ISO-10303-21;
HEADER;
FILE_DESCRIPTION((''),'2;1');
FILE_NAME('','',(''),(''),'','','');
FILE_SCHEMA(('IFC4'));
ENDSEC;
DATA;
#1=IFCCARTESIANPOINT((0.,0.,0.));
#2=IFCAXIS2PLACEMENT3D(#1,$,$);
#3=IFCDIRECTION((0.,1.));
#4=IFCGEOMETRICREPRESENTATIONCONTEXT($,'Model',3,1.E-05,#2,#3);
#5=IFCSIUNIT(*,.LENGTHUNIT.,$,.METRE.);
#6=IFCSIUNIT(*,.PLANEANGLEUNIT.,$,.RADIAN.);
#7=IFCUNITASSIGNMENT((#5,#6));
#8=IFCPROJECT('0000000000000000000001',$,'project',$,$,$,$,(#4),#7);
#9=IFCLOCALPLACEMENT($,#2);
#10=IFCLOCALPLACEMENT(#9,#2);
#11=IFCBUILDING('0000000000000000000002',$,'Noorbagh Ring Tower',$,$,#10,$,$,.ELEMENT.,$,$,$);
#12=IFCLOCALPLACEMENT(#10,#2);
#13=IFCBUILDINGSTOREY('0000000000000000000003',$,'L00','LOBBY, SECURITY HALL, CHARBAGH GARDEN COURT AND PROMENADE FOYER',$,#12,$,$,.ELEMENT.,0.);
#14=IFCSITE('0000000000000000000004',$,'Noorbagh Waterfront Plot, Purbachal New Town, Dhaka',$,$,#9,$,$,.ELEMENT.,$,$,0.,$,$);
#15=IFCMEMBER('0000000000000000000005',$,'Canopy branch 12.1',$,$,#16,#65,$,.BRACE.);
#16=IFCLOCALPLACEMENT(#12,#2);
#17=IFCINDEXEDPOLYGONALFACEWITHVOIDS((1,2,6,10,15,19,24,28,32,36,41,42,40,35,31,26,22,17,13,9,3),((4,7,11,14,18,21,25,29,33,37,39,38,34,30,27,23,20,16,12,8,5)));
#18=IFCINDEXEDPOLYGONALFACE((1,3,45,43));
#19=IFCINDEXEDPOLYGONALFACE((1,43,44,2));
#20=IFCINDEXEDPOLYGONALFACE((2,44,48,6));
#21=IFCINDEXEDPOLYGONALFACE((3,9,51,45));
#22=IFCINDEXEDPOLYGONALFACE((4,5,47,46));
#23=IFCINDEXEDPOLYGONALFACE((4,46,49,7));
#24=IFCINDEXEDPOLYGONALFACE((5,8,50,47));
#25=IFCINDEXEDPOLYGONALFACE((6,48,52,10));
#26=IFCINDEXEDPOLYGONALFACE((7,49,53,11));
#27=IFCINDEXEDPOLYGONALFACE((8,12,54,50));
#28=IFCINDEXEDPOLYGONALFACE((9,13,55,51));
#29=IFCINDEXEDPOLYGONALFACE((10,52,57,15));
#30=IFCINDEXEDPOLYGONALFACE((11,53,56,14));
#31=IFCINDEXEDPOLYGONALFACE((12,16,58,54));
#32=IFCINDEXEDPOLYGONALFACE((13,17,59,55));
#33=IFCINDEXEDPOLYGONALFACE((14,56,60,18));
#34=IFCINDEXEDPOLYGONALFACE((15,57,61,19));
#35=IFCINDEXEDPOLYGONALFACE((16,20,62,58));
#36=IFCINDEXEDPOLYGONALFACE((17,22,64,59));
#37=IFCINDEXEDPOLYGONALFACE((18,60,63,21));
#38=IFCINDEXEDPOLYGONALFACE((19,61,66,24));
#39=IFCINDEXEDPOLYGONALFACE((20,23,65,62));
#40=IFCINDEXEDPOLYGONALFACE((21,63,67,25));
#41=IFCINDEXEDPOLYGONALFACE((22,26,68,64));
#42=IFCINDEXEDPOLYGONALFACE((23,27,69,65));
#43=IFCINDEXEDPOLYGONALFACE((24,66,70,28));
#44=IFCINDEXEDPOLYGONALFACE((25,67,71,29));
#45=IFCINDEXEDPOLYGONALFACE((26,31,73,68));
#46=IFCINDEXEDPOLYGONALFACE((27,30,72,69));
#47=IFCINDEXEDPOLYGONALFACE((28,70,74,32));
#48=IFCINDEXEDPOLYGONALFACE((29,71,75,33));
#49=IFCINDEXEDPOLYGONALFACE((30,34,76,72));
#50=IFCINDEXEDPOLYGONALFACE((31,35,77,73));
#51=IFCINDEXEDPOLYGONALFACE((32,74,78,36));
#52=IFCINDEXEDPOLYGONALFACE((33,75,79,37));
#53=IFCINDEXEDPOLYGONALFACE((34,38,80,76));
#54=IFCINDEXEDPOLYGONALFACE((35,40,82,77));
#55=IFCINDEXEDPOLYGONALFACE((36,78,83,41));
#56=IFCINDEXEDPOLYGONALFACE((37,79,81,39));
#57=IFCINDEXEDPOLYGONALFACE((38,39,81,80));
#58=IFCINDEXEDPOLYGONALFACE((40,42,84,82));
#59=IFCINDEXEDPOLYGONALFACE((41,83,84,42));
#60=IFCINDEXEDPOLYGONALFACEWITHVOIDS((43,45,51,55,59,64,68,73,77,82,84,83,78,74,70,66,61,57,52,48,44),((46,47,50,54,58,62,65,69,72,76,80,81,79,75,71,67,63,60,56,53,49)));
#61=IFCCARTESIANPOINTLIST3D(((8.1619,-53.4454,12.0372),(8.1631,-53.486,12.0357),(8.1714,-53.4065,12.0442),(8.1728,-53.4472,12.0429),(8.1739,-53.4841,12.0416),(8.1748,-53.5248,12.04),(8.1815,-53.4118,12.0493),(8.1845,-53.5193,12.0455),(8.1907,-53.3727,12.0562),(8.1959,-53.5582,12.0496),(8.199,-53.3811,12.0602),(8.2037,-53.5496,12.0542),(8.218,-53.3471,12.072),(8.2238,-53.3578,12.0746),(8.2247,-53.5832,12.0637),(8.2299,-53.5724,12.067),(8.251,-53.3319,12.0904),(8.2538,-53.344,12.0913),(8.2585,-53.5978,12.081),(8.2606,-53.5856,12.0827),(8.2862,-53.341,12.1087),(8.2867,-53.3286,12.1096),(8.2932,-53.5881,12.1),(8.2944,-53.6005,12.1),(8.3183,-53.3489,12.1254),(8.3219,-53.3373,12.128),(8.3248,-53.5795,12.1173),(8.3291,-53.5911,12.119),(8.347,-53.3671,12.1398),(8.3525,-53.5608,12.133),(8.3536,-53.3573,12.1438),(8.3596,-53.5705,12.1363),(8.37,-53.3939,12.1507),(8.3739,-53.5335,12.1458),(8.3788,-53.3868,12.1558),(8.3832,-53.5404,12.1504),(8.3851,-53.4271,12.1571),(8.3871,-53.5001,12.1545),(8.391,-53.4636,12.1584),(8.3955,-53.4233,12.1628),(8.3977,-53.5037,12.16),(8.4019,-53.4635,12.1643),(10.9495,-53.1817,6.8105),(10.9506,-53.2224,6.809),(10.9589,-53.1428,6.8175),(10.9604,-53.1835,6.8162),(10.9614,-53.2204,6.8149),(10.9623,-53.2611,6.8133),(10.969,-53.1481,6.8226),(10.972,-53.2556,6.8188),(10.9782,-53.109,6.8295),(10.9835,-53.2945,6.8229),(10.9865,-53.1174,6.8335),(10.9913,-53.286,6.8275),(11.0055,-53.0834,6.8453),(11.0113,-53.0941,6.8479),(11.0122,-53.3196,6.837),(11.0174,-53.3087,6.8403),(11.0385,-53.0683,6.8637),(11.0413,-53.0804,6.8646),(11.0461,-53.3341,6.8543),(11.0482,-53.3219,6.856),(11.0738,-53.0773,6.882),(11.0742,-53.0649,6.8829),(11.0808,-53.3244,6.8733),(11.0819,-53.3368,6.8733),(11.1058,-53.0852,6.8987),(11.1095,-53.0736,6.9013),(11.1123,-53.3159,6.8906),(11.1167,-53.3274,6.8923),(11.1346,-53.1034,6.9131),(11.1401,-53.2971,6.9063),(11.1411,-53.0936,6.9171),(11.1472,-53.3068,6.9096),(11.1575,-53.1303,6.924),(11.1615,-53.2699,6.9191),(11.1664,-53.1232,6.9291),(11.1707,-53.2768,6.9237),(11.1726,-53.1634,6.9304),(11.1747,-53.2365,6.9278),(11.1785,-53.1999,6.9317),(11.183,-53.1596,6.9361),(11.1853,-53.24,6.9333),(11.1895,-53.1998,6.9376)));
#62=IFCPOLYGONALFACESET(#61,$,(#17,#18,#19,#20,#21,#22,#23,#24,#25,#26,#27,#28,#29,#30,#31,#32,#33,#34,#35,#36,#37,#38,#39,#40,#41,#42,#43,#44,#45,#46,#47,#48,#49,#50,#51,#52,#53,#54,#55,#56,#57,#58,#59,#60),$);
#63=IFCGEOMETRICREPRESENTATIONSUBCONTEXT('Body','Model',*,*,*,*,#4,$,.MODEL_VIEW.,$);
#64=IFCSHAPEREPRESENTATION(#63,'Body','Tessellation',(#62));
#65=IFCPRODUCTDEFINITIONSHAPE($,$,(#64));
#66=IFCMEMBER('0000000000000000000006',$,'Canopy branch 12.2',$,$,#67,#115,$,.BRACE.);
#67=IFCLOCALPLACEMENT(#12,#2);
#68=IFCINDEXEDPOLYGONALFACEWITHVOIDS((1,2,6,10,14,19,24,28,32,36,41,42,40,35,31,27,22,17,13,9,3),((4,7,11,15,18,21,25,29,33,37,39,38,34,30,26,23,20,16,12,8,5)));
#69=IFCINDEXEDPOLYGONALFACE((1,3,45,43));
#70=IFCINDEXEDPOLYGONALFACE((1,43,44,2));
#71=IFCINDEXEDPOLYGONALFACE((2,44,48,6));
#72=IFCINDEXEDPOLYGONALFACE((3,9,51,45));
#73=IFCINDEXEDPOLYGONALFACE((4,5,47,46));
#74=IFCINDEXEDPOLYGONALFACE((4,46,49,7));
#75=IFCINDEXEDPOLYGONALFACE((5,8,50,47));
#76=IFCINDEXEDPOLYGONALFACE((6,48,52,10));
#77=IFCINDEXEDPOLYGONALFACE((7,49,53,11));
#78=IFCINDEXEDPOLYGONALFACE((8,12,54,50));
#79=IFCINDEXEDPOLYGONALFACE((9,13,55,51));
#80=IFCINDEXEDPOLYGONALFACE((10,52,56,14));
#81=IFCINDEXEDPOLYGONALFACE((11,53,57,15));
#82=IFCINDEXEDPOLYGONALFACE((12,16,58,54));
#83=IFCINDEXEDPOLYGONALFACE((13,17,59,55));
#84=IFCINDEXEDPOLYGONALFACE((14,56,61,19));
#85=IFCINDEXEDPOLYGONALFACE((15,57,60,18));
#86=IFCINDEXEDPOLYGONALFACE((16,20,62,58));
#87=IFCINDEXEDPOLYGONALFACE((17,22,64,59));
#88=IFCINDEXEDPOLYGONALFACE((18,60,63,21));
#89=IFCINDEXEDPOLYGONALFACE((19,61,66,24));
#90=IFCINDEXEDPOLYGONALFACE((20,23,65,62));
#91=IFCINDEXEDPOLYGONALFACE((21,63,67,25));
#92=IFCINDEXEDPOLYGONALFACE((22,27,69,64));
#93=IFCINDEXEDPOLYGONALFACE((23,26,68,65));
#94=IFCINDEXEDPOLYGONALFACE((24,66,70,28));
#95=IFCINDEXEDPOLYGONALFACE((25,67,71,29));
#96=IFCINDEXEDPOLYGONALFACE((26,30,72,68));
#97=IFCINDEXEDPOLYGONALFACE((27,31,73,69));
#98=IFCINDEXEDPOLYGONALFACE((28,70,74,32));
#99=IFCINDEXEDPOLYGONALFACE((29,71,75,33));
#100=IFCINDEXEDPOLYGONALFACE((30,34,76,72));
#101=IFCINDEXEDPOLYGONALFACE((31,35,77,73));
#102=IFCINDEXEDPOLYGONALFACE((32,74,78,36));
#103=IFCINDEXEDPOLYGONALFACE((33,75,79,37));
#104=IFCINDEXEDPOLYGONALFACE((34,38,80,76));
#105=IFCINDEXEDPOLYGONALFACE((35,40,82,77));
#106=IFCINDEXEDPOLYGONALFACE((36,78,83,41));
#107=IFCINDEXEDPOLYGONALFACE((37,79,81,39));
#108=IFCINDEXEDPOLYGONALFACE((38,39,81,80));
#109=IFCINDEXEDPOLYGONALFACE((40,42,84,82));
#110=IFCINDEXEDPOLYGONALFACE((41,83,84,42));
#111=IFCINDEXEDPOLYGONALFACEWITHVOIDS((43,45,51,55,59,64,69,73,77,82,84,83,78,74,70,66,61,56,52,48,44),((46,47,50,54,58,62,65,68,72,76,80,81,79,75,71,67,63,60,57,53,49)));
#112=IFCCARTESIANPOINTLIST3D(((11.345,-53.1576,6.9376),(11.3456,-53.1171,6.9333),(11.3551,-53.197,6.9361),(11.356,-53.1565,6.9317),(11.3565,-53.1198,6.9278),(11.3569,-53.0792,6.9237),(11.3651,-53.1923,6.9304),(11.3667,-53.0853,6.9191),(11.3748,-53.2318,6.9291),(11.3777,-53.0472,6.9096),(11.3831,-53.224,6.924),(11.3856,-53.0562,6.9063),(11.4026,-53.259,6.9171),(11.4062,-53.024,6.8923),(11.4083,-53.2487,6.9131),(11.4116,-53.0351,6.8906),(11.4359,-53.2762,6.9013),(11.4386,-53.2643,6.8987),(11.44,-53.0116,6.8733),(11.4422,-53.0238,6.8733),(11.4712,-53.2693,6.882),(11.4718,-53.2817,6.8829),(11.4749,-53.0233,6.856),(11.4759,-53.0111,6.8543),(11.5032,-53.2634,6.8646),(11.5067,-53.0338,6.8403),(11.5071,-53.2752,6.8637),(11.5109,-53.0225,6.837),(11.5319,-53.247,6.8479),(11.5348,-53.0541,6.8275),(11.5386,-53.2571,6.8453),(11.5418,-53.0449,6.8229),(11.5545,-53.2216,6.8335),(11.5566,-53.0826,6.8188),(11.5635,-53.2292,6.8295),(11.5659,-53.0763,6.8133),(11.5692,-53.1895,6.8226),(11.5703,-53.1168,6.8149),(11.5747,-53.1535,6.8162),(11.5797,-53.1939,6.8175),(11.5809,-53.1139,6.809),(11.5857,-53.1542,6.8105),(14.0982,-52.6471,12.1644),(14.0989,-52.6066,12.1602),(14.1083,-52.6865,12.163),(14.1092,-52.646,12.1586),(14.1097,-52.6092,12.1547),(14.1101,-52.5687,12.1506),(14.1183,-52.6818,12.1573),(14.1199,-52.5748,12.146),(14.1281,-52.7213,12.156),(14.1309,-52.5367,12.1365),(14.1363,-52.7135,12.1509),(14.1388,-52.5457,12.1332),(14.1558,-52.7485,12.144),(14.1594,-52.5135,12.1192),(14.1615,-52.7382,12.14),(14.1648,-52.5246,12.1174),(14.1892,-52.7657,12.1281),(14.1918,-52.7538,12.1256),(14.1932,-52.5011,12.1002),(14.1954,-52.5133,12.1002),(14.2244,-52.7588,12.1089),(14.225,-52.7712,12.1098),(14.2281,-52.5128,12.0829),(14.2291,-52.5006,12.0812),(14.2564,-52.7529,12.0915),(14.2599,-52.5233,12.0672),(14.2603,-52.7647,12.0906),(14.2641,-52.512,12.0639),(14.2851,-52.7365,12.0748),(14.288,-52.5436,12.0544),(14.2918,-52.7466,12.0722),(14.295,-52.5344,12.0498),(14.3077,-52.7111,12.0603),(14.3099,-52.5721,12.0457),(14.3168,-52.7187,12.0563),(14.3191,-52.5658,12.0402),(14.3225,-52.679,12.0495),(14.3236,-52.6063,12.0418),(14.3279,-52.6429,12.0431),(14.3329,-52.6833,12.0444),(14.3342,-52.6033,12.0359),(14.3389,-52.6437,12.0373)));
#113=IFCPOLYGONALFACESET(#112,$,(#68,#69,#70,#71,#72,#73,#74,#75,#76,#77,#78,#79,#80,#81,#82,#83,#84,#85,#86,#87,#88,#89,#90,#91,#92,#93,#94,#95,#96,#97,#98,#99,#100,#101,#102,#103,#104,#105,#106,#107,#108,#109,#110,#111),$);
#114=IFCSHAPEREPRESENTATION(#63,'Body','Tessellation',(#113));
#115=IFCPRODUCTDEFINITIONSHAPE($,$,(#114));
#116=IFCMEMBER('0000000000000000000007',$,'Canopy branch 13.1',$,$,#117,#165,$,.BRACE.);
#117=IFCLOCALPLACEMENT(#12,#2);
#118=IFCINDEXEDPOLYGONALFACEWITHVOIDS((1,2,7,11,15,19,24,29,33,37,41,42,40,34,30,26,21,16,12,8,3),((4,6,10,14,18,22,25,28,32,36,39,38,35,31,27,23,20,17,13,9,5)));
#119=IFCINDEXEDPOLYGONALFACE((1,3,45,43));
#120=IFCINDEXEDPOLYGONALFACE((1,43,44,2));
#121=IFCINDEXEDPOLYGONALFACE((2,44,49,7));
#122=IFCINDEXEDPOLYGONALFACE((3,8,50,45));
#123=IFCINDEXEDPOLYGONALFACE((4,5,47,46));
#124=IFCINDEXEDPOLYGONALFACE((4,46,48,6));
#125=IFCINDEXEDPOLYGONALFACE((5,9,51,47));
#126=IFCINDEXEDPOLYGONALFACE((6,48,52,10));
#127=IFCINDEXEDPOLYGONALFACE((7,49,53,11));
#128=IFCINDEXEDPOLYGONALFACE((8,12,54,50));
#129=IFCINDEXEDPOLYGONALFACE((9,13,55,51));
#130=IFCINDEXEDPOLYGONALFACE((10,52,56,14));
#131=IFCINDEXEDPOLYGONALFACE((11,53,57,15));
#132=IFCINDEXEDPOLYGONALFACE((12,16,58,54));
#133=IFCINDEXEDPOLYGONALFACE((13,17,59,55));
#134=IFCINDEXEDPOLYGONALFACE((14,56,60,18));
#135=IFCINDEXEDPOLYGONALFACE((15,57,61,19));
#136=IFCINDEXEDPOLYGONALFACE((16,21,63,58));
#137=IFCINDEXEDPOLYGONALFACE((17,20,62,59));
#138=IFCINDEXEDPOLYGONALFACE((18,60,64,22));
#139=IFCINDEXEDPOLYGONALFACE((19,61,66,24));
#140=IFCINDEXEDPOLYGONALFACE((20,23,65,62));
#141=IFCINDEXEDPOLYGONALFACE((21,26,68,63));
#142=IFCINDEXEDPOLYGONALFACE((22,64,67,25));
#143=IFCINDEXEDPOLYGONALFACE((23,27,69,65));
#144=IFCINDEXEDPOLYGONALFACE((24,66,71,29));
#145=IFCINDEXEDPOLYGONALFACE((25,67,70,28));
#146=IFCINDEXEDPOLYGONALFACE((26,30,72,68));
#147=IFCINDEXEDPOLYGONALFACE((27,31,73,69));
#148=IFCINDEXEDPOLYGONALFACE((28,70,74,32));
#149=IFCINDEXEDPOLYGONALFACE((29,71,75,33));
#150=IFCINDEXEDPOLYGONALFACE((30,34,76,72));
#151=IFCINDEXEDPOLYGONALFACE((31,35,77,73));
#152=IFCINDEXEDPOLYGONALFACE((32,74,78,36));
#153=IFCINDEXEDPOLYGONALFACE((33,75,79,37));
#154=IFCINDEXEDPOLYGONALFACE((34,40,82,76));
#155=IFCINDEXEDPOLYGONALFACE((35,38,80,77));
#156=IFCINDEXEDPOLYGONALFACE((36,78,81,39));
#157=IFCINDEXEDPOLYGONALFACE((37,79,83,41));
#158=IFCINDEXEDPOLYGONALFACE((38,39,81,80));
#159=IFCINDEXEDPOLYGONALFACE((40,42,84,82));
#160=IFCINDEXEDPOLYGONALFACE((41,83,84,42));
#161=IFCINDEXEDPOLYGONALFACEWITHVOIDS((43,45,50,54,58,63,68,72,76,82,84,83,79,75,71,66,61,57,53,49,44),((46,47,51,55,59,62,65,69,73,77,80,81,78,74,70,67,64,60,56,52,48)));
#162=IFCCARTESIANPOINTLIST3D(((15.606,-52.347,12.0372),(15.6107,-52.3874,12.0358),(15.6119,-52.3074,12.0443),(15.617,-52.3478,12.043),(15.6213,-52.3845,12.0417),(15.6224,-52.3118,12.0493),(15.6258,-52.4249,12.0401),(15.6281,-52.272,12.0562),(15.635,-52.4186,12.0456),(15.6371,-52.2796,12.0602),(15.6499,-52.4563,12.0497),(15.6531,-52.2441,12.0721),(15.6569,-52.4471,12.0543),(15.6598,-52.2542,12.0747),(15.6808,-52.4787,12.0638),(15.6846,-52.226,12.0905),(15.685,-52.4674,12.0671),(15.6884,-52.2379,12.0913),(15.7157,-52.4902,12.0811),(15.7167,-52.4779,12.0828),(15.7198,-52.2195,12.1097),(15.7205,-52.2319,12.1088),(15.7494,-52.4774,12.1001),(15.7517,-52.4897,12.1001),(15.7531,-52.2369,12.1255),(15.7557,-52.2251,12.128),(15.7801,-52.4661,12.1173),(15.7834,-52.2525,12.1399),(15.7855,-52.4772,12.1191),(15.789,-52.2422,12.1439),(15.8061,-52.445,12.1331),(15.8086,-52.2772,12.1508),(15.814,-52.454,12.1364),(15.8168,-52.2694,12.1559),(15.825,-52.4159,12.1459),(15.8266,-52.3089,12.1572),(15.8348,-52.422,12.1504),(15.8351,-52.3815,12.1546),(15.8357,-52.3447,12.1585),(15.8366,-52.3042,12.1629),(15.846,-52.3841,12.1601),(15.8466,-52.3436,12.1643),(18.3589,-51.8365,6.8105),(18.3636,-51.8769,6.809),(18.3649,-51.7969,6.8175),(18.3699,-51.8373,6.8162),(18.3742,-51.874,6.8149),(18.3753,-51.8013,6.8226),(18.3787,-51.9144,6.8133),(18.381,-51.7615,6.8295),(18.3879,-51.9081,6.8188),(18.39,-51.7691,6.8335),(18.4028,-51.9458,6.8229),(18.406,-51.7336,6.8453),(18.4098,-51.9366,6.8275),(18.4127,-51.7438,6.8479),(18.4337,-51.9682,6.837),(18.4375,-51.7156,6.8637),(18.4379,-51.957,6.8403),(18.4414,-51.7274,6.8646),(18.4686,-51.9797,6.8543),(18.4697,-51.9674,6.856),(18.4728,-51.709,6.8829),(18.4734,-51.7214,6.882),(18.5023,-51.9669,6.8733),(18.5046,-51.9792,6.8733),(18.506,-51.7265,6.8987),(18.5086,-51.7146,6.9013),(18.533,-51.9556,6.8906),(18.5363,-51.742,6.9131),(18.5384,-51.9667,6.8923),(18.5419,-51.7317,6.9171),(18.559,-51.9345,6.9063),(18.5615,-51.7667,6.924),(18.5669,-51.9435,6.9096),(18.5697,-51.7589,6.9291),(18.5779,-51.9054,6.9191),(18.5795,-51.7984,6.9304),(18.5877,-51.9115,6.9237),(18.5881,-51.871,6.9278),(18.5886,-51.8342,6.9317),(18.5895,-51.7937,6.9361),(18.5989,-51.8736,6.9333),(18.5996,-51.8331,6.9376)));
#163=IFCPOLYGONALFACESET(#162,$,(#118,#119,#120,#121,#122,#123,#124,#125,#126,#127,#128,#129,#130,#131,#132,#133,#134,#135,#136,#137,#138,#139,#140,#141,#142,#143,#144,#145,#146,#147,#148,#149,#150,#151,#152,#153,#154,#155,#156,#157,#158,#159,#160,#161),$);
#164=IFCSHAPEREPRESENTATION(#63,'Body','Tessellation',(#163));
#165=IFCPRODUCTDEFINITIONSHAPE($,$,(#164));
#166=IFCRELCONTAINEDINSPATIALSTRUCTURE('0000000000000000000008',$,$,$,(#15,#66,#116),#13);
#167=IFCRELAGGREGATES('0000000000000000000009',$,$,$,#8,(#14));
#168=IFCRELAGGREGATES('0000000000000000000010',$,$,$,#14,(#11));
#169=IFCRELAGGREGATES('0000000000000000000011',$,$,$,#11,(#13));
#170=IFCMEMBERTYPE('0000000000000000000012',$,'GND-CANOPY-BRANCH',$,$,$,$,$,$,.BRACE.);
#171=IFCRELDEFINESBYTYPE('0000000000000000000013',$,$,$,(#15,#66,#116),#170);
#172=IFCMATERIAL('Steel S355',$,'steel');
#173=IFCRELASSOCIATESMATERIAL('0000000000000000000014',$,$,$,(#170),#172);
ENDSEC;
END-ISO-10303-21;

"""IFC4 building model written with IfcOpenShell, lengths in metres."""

from ifc_helpers import new_model, si_unit, direction, frame, origin, origin_2d, place, context, subcontext, project, spatial, hollow_circle, extrude, material, material_profile, profile_set, type_object, element, save


model = new_model("IFC4")

# Units and contexts
model_context = context("Model", 3, precision=1e-05, world=origin(), true_north=direction((0.0, 1.0)))
body_context = subcontext(model_context, "Body", "Model", "MODEL_VIEW")
ifc_project = project(units=[si_unit("LENGTHUNIT", "METRE"), si_unit("PLANEANGLEUNIT", "RADIAN")], contexts=[model_context])

# Site, building, storey
site_placement = place(None, origin())
site = spatial("IfcSite", under=ifc_project, at=site_placement, Name="Noorbagh Waterfront Plot, Purbachal New Town, Dhaka", CompositionType="ELEMENT", RefElevation=0.0)
building_placement = place(site_placement, origin())
building = spatial("IfcBuilding", under=site, at=building_placement, Name="Noorbagh Ring Tower", CompositionType="ELEMENT")
storey_placement = place(building_placement, origin())
storey = spatial("IfcBuildingStorey", under=building, at=storey_placement, Name="L00", Description="LOBBY, SECURITY HALL, CHARBAGH GARDEN COURT AND PROMENADE FOYER", CompositionType="ELEMENT", Elevation=0.0)

# Members
ifc_material_1 = material(Name="Steel S355", Category="steel")
ifc_material_profile_1 = material_profile(ifc_material_1, hollow_circle(Radius=0.1365, WallThickness=0.0125, at=origin_2d()), Name="CHS273x12.5")
ifc_profile_set_1 = profile_set([ifc_material_profile_1], Name="Steel S355")
member_type = type_object("IfcMemberType", Name="GND-CANOPY-BRANCH", PredefinedType="BRACE", material=ifc_profile_set_1)
for number, where, z_axis, x_axis, name in (
    (1, (11.0691, -53.2009, 6.8733), (-0.470118, -0.044467, 0.881482), (0.094167, -0.995556, 0.0), "Canopy branch 12.1"),
):
    element("IfcMember", number, at=place(storey_placement, frame(where, z_axis=z_axis, x_axis=x_axis)), inside=storey, type_object=member_type, Name=name, PredefinedType="BRACE", context=body_context, shape_type="SweptSolid", body=[
        extrude(hollow_circle(Radius=0.1365, WallThickness=0.0125, at=origin_2d()), origin(), (0.0, 0.0, 1.0), 5.9294),
    ])
member_1_placement = place(storey_placement, frame((11.4648, -53.1458, 6.8733), z_axis=(0.464311, 0.086093, 0.881478), x_axis=(-0.182314, 0.98324, 0.0)))
element("IfcMember", 2, at=member_1_placement, inside=storey, type_object=member_type, Name="Canopy branch 12.2", PredefinedType="BRACE", context=body_context, shape_type="SweptSolid", body=[
    extrude(hollow_circle(Radius=0.1365, WallThickness=0.0125, at=origin_2d()), origin(), (0.0, 0.0, 1.0), 5.9297),
])
for number, where, z_axis, x_axis, name in (
    (3, (18.4797, -51.845, 6.8733), (-0.464278, -0.086095, 0.881495), (0.18233, -0.983237, 0.0), "Canopy branch 13.1"),
):
    element("IfcMember", number, at=place(storey_placement, frame(where, z_axis=z_axis, x_axis=x_axis)), inside=storey, type_object=member_type, Name=name, PredefinedType="BRACE", context=body_context, shape_type="SweptSolid", body=[
        extrude(hollow_circle(Radius=0.1365, WallThickness=0.0125, at=origin_2d()), origin(), (0.0, 0.0, 1.0), 5.9294),
    ])

save(model, "model.ifc")
